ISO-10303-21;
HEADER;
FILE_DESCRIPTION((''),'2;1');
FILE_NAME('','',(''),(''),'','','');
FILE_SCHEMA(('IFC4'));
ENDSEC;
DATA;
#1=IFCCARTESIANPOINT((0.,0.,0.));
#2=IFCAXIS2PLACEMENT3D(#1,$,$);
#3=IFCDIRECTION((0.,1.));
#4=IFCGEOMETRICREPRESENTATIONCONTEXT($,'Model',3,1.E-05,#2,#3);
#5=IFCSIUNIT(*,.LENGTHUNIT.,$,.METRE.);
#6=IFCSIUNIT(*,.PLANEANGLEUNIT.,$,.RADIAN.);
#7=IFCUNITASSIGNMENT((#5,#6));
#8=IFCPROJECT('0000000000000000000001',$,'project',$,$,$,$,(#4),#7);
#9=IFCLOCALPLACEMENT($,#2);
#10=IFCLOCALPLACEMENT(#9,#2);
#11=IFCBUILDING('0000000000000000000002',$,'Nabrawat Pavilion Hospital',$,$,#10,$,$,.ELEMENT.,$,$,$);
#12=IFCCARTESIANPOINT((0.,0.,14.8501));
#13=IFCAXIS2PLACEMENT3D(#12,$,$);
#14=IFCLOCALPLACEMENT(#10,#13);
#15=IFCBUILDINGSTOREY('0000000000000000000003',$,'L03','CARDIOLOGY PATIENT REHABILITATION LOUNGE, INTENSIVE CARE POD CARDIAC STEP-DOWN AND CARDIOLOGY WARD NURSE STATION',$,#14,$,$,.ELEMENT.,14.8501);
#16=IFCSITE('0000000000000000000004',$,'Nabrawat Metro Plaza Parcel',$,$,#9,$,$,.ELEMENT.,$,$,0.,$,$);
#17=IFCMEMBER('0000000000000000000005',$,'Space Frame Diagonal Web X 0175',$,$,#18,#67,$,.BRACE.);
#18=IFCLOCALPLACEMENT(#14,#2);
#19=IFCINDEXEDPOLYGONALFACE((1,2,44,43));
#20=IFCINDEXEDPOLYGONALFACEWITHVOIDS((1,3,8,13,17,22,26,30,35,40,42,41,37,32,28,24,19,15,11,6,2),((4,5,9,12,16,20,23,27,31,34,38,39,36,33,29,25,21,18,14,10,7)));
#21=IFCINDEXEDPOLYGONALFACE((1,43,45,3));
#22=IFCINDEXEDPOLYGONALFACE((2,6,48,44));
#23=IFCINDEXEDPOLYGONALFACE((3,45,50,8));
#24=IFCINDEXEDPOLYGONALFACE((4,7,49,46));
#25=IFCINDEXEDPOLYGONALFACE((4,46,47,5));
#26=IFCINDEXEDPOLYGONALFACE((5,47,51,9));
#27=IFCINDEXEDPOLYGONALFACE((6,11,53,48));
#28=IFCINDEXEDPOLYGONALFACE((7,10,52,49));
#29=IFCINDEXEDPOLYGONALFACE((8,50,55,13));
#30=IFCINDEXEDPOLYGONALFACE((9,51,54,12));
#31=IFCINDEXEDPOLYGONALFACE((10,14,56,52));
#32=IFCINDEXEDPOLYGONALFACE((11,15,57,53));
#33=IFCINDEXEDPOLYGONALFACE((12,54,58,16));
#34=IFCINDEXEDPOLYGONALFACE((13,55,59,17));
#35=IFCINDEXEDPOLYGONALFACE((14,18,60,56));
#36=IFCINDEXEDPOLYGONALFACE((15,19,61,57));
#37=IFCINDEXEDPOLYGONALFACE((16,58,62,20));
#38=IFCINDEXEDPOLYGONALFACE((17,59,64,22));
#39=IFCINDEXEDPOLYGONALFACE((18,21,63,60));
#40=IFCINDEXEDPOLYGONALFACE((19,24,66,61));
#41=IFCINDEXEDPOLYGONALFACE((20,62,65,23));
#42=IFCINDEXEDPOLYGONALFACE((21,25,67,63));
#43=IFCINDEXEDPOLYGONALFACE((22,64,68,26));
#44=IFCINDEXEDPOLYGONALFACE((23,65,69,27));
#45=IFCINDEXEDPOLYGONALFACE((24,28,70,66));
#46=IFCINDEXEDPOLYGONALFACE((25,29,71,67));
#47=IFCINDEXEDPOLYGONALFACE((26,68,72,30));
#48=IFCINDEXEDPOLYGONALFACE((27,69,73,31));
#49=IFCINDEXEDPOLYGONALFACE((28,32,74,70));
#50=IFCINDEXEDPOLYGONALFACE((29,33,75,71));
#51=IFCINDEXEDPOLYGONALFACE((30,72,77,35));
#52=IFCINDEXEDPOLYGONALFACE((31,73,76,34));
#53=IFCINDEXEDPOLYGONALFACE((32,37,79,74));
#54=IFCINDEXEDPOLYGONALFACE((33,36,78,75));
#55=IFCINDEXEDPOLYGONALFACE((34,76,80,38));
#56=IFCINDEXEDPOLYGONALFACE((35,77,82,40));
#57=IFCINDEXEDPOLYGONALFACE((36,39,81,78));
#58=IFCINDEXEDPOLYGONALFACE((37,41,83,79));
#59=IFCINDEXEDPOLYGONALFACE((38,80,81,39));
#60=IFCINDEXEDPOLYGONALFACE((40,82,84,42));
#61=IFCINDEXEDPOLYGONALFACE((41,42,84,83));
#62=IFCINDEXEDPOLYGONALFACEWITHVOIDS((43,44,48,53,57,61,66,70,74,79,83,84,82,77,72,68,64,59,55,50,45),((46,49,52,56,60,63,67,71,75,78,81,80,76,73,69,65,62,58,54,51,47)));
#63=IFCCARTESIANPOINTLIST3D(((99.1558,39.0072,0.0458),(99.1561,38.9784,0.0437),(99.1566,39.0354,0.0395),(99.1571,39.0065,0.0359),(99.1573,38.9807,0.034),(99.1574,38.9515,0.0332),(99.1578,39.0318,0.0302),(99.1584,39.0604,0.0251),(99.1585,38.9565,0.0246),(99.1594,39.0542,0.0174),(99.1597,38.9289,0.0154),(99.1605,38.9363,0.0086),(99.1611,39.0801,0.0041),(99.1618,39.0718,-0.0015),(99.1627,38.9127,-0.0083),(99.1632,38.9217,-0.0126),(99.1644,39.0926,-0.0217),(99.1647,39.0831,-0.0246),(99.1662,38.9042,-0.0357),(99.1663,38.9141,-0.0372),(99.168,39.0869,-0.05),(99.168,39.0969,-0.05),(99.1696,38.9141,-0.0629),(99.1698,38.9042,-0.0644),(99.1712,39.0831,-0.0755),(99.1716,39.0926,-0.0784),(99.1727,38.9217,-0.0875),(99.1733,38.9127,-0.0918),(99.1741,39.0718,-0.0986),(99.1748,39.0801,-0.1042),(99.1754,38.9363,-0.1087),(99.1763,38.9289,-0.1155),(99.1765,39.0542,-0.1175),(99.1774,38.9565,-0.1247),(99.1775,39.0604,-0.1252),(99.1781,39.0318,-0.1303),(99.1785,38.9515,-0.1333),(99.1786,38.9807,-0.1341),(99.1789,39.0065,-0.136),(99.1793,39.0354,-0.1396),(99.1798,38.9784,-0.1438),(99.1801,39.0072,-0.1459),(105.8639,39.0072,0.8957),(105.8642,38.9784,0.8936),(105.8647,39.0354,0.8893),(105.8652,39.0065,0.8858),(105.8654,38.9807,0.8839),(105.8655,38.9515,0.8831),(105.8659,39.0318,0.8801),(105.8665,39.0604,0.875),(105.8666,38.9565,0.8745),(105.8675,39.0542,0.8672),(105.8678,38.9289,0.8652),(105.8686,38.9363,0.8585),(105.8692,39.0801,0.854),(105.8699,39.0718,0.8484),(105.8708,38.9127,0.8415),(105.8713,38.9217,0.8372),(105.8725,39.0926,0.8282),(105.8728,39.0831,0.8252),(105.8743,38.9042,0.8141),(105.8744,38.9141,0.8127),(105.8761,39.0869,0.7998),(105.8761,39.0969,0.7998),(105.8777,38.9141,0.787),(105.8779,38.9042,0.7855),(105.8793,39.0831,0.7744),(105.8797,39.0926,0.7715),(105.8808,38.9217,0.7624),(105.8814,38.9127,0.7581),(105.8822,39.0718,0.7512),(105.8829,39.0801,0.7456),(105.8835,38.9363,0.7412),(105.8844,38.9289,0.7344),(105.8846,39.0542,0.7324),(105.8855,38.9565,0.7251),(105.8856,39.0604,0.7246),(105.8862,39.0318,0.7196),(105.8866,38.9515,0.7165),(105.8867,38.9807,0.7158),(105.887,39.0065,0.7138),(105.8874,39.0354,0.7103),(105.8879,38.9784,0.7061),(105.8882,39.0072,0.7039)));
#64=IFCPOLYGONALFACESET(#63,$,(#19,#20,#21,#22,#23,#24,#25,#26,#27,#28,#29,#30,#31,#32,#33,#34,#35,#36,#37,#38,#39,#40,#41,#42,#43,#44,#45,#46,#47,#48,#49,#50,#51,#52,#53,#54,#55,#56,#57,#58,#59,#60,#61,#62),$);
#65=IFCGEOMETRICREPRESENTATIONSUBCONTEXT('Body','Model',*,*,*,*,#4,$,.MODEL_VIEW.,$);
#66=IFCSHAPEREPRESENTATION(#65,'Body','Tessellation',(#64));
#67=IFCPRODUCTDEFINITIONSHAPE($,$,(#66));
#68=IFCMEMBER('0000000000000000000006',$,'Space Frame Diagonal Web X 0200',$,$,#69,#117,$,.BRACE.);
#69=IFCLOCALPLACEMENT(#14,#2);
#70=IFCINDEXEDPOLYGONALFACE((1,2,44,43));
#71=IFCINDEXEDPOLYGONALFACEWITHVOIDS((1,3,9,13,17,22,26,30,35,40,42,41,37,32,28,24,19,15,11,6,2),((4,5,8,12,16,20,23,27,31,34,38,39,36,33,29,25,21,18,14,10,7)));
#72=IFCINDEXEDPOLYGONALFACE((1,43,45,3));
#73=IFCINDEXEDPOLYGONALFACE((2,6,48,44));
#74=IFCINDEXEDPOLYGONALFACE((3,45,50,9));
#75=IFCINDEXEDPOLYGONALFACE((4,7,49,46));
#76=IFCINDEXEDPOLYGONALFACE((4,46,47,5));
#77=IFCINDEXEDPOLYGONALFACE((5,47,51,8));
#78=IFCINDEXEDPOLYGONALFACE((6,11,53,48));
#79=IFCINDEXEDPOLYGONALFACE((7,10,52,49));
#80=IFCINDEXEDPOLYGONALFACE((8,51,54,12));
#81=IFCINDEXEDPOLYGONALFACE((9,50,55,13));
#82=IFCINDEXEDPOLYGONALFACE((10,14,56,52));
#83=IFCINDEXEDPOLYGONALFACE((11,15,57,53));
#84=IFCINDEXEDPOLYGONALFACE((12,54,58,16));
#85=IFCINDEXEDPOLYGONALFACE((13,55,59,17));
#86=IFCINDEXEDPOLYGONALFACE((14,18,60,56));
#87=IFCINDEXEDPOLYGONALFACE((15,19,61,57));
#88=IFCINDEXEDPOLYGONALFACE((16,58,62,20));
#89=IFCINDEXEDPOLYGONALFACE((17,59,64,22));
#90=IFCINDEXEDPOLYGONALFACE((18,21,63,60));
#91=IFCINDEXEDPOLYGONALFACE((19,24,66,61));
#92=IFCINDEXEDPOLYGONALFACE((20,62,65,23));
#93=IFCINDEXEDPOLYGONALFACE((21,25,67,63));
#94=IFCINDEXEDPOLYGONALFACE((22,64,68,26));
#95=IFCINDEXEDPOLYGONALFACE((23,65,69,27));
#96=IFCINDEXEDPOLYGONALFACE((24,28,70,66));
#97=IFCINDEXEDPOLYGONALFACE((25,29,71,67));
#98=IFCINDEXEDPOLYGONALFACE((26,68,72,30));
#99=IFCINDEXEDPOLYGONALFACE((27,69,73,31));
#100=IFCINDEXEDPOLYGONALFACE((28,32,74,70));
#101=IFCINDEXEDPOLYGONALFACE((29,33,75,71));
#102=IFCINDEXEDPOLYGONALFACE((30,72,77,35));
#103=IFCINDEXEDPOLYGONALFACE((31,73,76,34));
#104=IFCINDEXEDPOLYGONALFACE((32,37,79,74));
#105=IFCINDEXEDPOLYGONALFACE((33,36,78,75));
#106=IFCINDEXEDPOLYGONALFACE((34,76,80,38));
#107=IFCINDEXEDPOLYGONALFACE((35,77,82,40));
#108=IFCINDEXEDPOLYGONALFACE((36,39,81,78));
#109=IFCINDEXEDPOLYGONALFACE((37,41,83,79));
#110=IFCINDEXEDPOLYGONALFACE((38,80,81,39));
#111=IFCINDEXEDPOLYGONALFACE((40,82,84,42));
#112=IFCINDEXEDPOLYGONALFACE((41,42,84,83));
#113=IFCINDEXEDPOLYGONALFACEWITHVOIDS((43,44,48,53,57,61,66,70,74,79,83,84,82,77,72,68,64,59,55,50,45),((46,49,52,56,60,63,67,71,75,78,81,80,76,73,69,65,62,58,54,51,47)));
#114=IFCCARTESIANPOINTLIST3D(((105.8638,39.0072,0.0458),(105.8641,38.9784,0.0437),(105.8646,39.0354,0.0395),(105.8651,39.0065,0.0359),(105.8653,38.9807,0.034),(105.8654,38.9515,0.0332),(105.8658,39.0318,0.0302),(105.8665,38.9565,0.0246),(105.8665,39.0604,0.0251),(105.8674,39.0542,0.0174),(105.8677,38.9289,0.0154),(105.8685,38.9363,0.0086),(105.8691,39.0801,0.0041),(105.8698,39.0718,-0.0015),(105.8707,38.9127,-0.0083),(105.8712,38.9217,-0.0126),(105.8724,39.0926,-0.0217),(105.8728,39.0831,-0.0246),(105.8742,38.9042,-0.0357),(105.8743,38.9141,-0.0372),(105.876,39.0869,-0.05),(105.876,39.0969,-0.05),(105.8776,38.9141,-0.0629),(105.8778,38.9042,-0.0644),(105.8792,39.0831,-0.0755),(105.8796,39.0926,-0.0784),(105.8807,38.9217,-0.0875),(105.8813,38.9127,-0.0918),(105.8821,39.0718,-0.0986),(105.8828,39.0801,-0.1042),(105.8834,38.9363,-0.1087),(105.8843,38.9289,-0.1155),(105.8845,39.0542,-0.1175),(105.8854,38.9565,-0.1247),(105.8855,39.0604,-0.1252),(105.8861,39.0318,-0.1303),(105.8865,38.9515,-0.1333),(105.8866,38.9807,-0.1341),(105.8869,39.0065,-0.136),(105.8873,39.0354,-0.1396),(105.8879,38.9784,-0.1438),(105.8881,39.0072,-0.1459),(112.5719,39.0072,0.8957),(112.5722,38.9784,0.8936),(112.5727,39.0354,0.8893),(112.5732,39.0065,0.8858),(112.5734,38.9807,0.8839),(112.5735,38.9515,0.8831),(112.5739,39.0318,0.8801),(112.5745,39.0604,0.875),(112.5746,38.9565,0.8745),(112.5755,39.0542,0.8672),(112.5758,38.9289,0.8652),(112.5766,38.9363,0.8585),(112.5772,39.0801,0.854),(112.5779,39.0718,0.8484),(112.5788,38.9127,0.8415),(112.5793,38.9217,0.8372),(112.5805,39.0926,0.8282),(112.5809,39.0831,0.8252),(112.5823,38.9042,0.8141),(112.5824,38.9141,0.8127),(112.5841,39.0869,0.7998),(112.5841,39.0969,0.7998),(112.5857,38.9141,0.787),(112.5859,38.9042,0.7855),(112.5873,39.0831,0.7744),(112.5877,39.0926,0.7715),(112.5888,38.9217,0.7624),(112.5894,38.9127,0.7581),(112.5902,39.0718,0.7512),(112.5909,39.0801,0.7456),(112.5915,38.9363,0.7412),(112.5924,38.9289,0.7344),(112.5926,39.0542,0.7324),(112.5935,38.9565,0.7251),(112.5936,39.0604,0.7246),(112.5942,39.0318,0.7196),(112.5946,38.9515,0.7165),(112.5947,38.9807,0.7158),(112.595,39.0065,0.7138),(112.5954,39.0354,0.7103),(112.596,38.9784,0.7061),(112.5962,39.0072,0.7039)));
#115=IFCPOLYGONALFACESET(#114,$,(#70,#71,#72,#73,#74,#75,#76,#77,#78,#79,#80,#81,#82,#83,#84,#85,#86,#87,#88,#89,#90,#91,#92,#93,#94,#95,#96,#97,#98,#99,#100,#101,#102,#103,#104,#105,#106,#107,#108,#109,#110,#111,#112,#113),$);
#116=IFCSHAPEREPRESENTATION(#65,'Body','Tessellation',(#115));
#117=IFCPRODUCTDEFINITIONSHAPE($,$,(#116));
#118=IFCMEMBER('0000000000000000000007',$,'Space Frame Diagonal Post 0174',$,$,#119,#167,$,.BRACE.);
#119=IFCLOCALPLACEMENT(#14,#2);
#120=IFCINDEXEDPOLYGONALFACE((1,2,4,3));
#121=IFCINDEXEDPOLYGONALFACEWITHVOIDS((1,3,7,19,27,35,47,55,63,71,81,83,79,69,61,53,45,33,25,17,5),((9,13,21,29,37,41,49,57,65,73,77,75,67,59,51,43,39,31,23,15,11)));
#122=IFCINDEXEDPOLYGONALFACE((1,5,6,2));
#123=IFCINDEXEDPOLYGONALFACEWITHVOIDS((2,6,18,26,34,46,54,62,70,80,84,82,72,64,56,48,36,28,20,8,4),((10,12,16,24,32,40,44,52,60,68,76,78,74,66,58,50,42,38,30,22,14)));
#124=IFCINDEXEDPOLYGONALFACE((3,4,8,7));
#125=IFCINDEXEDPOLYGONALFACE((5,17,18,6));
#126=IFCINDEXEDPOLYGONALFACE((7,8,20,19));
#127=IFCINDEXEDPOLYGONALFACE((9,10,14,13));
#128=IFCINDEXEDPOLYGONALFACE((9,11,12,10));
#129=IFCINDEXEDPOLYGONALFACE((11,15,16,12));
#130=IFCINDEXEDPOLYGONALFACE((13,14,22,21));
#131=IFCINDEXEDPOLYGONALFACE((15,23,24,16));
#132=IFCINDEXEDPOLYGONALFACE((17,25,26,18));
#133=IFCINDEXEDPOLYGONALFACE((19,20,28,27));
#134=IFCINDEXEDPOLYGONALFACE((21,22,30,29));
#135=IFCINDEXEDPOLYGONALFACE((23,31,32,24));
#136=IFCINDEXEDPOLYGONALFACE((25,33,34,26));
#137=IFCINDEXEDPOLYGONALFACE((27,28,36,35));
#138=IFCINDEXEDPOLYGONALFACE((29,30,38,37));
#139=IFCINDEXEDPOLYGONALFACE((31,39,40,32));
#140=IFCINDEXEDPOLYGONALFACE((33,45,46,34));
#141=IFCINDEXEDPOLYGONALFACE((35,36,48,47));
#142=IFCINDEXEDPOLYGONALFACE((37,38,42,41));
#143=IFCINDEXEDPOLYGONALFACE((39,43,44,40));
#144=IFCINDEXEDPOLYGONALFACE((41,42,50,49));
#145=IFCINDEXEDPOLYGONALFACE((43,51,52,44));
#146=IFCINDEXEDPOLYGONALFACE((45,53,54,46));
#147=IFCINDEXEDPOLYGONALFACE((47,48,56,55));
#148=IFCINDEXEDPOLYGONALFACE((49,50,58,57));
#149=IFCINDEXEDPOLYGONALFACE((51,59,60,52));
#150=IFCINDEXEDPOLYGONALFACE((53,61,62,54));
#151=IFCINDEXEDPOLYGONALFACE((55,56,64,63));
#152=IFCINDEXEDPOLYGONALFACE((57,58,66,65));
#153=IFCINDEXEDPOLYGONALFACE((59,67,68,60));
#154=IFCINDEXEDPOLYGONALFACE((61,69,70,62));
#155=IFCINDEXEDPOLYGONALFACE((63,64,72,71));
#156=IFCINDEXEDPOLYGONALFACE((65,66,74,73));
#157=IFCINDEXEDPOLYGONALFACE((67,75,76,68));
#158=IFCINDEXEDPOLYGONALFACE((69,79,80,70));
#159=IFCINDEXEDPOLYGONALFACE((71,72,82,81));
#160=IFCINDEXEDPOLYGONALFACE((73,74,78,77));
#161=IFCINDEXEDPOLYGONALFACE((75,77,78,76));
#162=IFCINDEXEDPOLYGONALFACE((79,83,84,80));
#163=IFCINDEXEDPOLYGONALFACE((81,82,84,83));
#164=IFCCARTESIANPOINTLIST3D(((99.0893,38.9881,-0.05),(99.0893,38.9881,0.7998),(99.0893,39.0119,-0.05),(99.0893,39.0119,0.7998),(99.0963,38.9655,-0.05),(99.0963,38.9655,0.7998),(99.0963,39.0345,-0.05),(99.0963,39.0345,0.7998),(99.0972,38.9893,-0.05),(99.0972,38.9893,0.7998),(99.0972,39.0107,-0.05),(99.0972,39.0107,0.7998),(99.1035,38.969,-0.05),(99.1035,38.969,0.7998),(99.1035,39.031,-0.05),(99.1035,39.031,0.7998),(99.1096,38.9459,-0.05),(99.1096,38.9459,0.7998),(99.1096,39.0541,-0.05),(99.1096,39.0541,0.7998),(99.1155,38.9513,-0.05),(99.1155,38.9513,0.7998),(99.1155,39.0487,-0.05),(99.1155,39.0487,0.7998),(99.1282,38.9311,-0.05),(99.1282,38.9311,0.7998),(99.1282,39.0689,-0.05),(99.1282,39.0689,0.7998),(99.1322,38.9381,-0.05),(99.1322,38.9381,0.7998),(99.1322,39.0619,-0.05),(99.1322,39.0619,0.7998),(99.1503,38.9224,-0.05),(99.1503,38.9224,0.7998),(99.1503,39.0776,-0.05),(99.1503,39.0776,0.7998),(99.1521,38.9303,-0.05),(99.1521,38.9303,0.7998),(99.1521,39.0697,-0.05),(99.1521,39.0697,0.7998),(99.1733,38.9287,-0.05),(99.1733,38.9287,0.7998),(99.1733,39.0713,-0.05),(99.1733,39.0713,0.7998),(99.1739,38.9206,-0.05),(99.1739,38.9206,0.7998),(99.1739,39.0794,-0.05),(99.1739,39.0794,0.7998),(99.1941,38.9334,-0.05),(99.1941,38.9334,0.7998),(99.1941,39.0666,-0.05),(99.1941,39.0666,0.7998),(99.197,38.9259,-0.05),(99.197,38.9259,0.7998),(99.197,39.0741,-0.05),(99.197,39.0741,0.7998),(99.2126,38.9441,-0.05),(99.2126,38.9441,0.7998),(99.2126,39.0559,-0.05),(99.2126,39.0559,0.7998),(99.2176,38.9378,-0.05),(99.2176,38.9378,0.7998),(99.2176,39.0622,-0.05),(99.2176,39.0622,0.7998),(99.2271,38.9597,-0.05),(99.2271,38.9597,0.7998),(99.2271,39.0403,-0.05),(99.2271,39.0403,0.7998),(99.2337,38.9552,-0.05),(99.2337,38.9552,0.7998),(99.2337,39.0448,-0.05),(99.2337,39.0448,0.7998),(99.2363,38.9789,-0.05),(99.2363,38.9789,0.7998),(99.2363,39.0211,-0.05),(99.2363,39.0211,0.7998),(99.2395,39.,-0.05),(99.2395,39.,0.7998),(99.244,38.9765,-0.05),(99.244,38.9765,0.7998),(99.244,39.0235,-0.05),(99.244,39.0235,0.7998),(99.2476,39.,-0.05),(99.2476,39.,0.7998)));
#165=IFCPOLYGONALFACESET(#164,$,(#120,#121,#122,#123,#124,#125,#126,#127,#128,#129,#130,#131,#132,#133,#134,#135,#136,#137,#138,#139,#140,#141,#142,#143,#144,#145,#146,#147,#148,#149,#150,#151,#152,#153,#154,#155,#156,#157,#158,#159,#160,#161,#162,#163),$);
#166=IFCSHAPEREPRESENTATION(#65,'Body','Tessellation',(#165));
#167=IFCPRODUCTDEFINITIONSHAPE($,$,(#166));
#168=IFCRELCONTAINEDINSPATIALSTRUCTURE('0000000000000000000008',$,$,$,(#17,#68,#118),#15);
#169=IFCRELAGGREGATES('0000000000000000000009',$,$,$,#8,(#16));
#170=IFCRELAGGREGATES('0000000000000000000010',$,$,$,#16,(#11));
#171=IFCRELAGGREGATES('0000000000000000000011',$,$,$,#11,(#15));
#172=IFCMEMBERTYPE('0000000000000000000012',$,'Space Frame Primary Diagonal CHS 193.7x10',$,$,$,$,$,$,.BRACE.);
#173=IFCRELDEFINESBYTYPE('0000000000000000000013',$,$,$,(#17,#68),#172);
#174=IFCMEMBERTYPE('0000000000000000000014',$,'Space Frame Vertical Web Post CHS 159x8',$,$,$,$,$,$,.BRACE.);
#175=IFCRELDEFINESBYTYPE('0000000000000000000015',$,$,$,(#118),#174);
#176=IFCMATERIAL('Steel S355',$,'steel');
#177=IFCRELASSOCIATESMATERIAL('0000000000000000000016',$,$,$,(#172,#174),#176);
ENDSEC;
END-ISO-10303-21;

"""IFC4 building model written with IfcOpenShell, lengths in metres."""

from ifc_helpers import new_model, si_unit, direction, frame, origin, origin_2d, place, context, subcontext, project, spatial, hollow_circle, extrude, material, material_profile, profile_set, type_object, element, save


model = new_model("IFC4")

# Units and contexts
model_context = context("Model", 3, precision=1e-05, world=origin(), true_north=direction((0.0, 1.0)))
body_context = subcontext(model_context, "Body", "Model", "MODEL_VIEW")
ifc_project = project(units=[si_unit("LENGTHUNIT", "METRE"), si_unit("PLANEANGLEUNIT", "RADIAN")], contexts=[model_context])

# Site, building, storey
site_placement = place(None, origin())
site = spatial("IfcSite", under=ifc_project, at=site_placement, Name="Nabrawat Metro Plaza Parcel", CompositionType="ELEMENT", RefElevation=0.0)
building_placement = place(site_placement, origin())
building = spatial("IfcBuilding", under=site, at=building_placement, Name="Nabrawat Pavilion Hospital", CompositionType="ELEMENT")
storey_placement = place(building_placement, frame((0.0, 0.0, 14.8501)))
storey = spatial("IfcBuildingStorey", under=building, at=storey_placement, Name="L03", Description="CARDIOLOGY PATIENT REHABILITATION LOUNGE, INTENSIVE CARE POD CARDIAC STEP-DOWN AND CARDIOLOGY WARD NURSE STATION", CompositionType="ELEMENT", Elevation=14.8501)

# Shared definitions
ifc_material = material(Name="Steel S355", Category="steel")

# Members
ifc_material_profile_1 = material_profile(ifc_material, hollow_circle(Radius=0.0969, WallThickness=0.01, at=origin_2d()), Name="CHS 193.7x10")
ifc_profile_set_1 = profile_set([ifc_material_profile_1], Name="Steel S355")
member_type_1 = type_object("IfcMemberType", Name="Space Frame Primary Diagonal CHS 193.7x10", PredefinedType="BRACE", material=ifc_profile_set_1)
for number, where, z_axis, x_axis, name in (
    (1, (99.168, 39.0, -0.05), (0.99207, 0.0, 0.125688), (0.0, 1.0, 0.0), "Space Frame Diagonal Web X 0175"),
    (2, (105.876, 39.0, -0.05), (0.99207, 0.0, 0.125688), (0.0, 1.0, 0.0), "Space Frame Diagonal Web X 0200"),
):
    element("IfcMember", number, at=place(storey_placement, frame(where, z_axis=z_axis, x_axis=x_axis)), inside=storey, type_object=member_type_1, Name=name, PredefinedType="BRACE", context=body_context, shape_type="SweptSolid", body=[
        extrude(hollow_circle(Radius=0.0969, WallThickness=0.01, at=origin_2d()), origin(), (0.0, 0.0, 1.0), 6.7617),
    ])
ifc_material_profile_2 = material_profile(ifc_material, hollow_circle(Radius=0.0796, WallThickness=0.0081, at=origin_2d()), Name="CHS 159x8")
ifc_profile_set_2 = profile_set([ifc_material_profile_2], Name="Steel S355")
member_type_2 = type_object("IfcMemberType", Name="Space Frame Vertical Web Post CHS 159x8", PredefinedType="BRACE", material=ifc_profile_set_2)
for number, where, z_axis, x_axis, name in (
    (3, (99.168, 39.0, -0.05), (0.0, 0.0, 1.0), (1.0, 0.0, 0.0), "Space Frame Diagonal Post 0174"),
):
    element("IfcMember", number, at=place(storey_placement, frame(where, z_axis=z_axis, x_axis=x_axis)), inside=storey, type_object=member_type_2, Name=name, PredefinedType="BRACE", context=body_context, shape_type="SweptSolid", body=[
        extrude(hollow_circle(Radius=0.0796, WallThickness=0.0081, at=origin_2d()), origin(), (0.0, 0.0, 1.0), 0.8499),
    ])

save(model, "model.ifc")
